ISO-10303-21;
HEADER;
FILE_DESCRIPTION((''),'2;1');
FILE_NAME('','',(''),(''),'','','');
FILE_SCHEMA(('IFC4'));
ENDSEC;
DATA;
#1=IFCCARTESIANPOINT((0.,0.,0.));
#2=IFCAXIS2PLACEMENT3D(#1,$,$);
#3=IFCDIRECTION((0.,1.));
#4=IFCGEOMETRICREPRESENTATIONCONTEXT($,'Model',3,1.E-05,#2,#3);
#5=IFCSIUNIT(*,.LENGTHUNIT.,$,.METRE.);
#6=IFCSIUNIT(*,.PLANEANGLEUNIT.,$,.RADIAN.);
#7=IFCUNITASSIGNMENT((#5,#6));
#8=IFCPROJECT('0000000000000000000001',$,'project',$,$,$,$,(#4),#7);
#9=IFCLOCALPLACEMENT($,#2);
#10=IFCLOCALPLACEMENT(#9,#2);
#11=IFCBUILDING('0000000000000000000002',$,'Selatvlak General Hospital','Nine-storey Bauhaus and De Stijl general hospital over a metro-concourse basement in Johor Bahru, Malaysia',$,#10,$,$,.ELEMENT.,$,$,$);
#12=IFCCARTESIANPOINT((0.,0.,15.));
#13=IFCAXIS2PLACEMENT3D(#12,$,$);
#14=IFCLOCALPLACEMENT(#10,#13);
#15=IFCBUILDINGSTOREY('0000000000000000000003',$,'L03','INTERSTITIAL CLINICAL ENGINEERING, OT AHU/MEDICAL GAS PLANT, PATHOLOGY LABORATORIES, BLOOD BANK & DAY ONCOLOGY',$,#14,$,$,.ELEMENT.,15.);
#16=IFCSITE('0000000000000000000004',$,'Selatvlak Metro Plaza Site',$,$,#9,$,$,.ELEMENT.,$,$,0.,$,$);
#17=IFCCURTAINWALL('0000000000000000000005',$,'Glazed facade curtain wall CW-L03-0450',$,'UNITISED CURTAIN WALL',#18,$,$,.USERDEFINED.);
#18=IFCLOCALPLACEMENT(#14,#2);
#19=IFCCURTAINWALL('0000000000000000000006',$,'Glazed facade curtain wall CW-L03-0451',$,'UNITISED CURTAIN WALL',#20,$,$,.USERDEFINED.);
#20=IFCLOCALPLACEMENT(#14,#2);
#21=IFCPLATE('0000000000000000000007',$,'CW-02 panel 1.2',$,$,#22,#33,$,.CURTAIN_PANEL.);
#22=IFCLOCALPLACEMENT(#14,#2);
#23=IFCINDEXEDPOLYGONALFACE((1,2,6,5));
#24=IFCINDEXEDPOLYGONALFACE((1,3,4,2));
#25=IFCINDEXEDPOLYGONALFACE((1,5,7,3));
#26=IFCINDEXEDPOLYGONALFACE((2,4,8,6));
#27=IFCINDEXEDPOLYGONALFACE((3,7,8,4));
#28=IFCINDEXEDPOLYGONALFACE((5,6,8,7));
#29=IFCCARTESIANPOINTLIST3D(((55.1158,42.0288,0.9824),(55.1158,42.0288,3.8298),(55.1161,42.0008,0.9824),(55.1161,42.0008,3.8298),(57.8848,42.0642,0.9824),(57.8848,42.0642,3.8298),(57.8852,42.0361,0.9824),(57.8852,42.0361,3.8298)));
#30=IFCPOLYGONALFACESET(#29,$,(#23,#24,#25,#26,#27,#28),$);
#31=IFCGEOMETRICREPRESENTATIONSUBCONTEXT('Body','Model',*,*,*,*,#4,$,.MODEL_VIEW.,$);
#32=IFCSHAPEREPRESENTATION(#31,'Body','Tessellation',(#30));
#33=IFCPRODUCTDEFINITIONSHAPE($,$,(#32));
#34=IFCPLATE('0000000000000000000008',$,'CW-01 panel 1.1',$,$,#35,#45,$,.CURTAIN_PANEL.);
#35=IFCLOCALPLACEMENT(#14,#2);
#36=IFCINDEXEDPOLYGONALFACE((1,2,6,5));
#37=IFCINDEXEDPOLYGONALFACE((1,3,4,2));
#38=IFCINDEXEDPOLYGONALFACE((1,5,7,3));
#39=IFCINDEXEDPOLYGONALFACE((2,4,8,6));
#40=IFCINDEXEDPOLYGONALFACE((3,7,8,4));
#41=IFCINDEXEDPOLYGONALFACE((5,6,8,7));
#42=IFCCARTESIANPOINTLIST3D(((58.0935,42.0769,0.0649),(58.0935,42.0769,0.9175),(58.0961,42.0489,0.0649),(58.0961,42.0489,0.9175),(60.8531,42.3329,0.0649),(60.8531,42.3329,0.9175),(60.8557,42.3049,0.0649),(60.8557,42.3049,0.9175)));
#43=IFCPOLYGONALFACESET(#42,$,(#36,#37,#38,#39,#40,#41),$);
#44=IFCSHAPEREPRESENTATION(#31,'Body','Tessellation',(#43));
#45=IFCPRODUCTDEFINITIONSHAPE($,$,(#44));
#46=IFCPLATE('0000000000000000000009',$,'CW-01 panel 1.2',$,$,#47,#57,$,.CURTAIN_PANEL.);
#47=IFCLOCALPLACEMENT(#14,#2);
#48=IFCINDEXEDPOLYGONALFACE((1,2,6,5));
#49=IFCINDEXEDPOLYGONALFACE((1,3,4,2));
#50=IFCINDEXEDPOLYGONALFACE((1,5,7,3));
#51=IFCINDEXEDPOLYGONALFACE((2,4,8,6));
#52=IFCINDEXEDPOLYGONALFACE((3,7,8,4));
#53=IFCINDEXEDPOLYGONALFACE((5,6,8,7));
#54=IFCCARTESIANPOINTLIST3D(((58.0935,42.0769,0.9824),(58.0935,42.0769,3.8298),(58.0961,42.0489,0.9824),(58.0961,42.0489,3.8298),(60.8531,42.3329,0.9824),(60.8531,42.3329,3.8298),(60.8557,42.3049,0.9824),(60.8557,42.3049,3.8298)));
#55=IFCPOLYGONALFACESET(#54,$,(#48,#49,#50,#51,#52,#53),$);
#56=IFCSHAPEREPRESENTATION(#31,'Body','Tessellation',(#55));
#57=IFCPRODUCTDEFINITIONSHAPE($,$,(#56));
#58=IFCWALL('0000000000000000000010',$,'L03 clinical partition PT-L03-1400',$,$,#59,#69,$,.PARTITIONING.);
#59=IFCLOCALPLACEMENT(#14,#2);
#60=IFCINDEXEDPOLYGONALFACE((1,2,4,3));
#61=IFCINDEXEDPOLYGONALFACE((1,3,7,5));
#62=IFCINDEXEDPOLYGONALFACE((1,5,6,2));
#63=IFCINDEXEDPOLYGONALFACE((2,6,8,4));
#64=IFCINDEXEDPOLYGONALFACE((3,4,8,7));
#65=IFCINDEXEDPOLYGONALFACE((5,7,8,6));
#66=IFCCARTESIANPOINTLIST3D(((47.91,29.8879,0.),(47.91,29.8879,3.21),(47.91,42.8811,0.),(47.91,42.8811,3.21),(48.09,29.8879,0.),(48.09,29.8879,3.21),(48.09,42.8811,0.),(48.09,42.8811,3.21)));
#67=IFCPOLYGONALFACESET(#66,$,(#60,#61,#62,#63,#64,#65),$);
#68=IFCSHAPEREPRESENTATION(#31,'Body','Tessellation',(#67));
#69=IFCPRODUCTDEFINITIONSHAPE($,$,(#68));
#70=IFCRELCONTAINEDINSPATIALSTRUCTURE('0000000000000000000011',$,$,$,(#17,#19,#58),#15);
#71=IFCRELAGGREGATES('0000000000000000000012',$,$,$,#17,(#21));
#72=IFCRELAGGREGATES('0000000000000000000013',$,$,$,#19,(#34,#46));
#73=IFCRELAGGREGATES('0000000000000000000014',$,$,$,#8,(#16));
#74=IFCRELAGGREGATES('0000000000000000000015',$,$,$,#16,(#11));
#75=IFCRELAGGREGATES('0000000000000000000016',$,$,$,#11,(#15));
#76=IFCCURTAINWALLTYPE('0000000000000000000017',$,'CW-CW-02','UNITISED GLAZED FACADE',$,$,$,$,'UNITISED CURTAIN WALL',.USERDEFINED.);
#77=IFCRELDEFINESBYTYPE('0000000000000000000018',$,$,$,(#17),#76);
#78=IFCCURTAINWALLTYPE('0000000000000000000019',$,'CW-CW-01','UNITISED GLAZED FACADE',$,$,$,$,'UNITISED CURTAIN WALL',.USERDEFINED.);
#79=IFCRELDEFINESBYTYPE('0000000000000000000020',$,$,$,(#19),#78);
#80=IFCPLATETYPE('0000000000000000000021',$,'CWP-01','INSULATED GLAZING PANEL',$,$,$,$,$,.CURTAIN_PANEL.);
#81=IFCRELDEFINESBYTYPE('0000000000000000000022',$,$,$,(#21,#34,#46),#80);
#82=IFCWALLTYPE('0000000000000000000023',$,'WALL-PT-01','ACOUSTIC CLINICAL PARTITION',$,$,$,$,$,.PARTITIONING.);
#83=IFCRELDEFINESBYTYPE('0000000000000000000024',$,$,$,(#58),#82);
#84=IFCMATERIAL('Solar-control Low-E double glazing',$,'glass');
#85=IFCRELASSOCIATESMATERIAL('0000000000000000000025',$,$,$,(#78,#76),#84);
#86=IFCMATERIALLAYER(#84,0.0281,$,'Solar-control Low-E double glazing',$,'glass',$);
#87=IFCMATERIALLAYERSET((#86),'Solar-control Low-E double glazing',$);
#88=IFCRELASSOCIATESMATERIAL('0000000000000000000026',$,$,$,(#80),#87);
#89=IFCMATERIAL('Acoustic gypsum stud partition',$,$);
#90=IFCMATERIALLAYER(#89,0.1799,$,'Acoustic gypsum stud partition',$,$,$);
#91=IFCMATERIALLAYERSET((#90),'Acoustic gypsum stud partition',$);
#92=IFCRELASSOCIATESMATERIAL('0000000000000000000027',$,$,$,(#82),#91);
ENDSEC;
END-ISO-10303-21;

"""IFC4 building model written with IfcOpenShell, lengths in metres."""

from ifc_helpers import new_model, si_unit, direction, frame, frame_2d, origin, origin_2d, place, context, subcontext, project, spatial, rectangle, extrude, material, layer, layer_set, type_object, element, aggregate, save


model = new_model("IFC4")

# Units and contexts
model_context = context("Model", 3, precision=1e-05, world=origin(), true_north=direction((0.0, 1.0)))
body_context = subcontext(model_context, "Body", "Model", "MODEL_VIEW")
ifc_project = project(units=[si_unit("LENGTHUNIT", "METRE"), si_unit("PLANEANGLEUNIT", "RADIAN")], contexts=[model_context])

# Site, building, storey
site_placement = place(None, origin())
site = spatial("IfcSite", under=ifc_project, at=site_placement, Name="Selatvlak Metro Plaza Site", CompositionType="ELEMENT", RefElevation=0.0)
building_placement = place(site_placement, origin())
building = spatial("IfcBuilding", under=site, at=building_placement, Name="Selatvlak General Hospital", Description="Nine-storey Bauhaus and De Stijl general hospital over a metro-concourse basement in Johor Bahru, Malaysia", CompositionType="ELEMENT")
storey_placement = place(building_placement, frame((0.0, 0.0, 15.0)))
storey = spatial("IfcBuildingStorey", under=building, at=storey_placement, Name="L03", Description="INTERSTITIAL CLINICAL ENGINEERING, OT AHU/MEDICAL GAS PLANT, PATHOLOGY LABORATORIES, BLOOD BANK & DAY ONCOLOGY", CompositionType="ELEMENT", Elevation=15.0)

# Shared definitions
ifc_material_1 = material(Name="Solar-control Low-E double glazing", Category="glass")
curtain_wall_type_1 = type_object("IfcCurtainWallType", Name="CW-CW-01", Description="UNITISED GLAZED FACADE", ElementType="UNITISED CURTAIN WALL", PredefinedType="USERDEFINED", material=ifc_material_1)

# Shared definitions
curtain_wall_type_2 = type_object("IfcCurtainWallType", Name="CW-CW-02", Description="UNITISED GLAZED FACADE", ElementType="UNITISED CURTAIN WALL", PredefinedType="USERDEFINED", material=ifc_material_1)

# Curtain walls
curtain_wall_1_placement = place(storey_placement, origin())
curtain_wall_1 = element("IfcCurtainWall", 1, at=curtain_wall_1_placement, inside=storey, type_object=curtain_wall_type_2, Name="Glazed facade curtain wall CW-L03-0450", ObjectType="UNITISED CURTAIN WALL", PredefinedType="USERDEFINED")
curtain_wall_2_placement = place(storey_placement, origin())
curtain_wall_2 = element("IfcCurtainWall", 2, at=curtain_wall_2_placement, inside=storey, type_object=curtain_wall_type_1, Name="Glazed facade curtain wall CW-L03-0451", ObjectType="UNITISED CURTAIN WALL", PredefinedType="USERDEFINED")

# Plates
ifc_layer_1 = layer(ifc_material_1, 0.0281, Name="Solar-control Low-E double glazing", Category="glass")
ifc_layer_set_1 = layer_set([ifc_layer_1], Name="Solar-control Low-E double glazing")
plate_type = type_object("IfcPlateType", Name="CWP-01", Description="INSULATED GLAZING PANEL", PredefinedType="CURTAIN_PANEL", material=ifc_layer_set_1)
plate_1_placement = place(storey_placement, frame((56.5005, 42.0325, 0.9824), z_axis=(0.0, 0.0, 1.0), x_axis=(0.999919, 0.012762, 0.0)))
plate_1 = element("IfcPlate", 3, at=plate_1_placement, type_object=plate_type, Name="CW-02 panel 1.2", PredefinedType="CURTAIN_PANEL", context=body_context, shape_type="SweptSolid", body=[
    extrude(rectangle(XDim=2.7693, YDim=0.0281, at=origin_2d()), origin(), (0.0, 0.0, 1.0), 2.8474),
])
aggregate(curtain_wall_1, [plate_1])
plate_2_placement = place(storey_placement, frame((59.4746, 42.1909, 0.0649), z_axis=(0.0, 0.0, 1.0), x_axis=(0.995725, 0.092369, 0.0)))
plate_2 = element("IfcPlate", 4, at=plate_2_placement, type_object=plate_type, Name="CW-01 panel 1.1", PredefinedType="CURTAIN_PANEL", context=body_context, shape_type="SweptSolid", body=[
    extrude(rectangle(XDim=2.7715, YDim=0.0281, at=origin_2d()), origin(), (0.0, 0.0, 1.0), 0.8525),
])
plate_3_placement = place(storey_placement, frame((59.4746, 42.1909, 0.9824), z_axis=(0.0, 0.0, 1.0), x_axis=(0.995725, 0.092369, 0.0)))
plate_3 = element("IfcPlate", 5, at=plate_3_placement, type_object=plate_type, Name="CW-01 panel 1.2", PredefinedType="CURTAIN_PANEL", context=body_context, shape_type="SweptSolid", body=[
    extrude(rectangle(XDim=2.7715, YDim=0.0281, at=origin_2d()), origin(), (0.0, 0.0, 1.0), 2.8474),
])
aggregate(curtain_wall_2, [plate_2, plate_3])

# Wall
ifc_material_2 = material(Name="Acoustic gypsum stud partition")
ifc_layer_2 = layer(ifc_material_2, 0.1799, Name="Acoustic gypsum stud partition")
ifc_layer_set_2 = layer_set([ifc_layer_2], Name="Acoustic gypsum stud partition")
wall_type = type_object("IfcWallType", Name="WALL-PT-01", Description="ACOUSTIC CLINICAL PARTITION", PredefinedType="PARTITIONING", material=ifc_layer_set_2)
wall_placement = place(storey_placement, frame((48.0, 42.8811, 0.0), z_axis=(0.0, 0.0, 1.0), x_axis=(0.0, -1.0, 0.0)))
element("IfcWall", 6, at=wall_placement, inside=storey, type_object=wall_type, Name="L03 clinical partition PT-L03-1400", PredefinedType="PARTITIONING", context=body_context, shape_type="SweptSolid", body=[
    extrude(rectangle(XDim=12.9932, YDim=0.1799, at=frame_2d((6.4966, 0.0))), origin(), (0.0, 0.0, 1.0), 3.21),
])

save(model, "model.ifc")
